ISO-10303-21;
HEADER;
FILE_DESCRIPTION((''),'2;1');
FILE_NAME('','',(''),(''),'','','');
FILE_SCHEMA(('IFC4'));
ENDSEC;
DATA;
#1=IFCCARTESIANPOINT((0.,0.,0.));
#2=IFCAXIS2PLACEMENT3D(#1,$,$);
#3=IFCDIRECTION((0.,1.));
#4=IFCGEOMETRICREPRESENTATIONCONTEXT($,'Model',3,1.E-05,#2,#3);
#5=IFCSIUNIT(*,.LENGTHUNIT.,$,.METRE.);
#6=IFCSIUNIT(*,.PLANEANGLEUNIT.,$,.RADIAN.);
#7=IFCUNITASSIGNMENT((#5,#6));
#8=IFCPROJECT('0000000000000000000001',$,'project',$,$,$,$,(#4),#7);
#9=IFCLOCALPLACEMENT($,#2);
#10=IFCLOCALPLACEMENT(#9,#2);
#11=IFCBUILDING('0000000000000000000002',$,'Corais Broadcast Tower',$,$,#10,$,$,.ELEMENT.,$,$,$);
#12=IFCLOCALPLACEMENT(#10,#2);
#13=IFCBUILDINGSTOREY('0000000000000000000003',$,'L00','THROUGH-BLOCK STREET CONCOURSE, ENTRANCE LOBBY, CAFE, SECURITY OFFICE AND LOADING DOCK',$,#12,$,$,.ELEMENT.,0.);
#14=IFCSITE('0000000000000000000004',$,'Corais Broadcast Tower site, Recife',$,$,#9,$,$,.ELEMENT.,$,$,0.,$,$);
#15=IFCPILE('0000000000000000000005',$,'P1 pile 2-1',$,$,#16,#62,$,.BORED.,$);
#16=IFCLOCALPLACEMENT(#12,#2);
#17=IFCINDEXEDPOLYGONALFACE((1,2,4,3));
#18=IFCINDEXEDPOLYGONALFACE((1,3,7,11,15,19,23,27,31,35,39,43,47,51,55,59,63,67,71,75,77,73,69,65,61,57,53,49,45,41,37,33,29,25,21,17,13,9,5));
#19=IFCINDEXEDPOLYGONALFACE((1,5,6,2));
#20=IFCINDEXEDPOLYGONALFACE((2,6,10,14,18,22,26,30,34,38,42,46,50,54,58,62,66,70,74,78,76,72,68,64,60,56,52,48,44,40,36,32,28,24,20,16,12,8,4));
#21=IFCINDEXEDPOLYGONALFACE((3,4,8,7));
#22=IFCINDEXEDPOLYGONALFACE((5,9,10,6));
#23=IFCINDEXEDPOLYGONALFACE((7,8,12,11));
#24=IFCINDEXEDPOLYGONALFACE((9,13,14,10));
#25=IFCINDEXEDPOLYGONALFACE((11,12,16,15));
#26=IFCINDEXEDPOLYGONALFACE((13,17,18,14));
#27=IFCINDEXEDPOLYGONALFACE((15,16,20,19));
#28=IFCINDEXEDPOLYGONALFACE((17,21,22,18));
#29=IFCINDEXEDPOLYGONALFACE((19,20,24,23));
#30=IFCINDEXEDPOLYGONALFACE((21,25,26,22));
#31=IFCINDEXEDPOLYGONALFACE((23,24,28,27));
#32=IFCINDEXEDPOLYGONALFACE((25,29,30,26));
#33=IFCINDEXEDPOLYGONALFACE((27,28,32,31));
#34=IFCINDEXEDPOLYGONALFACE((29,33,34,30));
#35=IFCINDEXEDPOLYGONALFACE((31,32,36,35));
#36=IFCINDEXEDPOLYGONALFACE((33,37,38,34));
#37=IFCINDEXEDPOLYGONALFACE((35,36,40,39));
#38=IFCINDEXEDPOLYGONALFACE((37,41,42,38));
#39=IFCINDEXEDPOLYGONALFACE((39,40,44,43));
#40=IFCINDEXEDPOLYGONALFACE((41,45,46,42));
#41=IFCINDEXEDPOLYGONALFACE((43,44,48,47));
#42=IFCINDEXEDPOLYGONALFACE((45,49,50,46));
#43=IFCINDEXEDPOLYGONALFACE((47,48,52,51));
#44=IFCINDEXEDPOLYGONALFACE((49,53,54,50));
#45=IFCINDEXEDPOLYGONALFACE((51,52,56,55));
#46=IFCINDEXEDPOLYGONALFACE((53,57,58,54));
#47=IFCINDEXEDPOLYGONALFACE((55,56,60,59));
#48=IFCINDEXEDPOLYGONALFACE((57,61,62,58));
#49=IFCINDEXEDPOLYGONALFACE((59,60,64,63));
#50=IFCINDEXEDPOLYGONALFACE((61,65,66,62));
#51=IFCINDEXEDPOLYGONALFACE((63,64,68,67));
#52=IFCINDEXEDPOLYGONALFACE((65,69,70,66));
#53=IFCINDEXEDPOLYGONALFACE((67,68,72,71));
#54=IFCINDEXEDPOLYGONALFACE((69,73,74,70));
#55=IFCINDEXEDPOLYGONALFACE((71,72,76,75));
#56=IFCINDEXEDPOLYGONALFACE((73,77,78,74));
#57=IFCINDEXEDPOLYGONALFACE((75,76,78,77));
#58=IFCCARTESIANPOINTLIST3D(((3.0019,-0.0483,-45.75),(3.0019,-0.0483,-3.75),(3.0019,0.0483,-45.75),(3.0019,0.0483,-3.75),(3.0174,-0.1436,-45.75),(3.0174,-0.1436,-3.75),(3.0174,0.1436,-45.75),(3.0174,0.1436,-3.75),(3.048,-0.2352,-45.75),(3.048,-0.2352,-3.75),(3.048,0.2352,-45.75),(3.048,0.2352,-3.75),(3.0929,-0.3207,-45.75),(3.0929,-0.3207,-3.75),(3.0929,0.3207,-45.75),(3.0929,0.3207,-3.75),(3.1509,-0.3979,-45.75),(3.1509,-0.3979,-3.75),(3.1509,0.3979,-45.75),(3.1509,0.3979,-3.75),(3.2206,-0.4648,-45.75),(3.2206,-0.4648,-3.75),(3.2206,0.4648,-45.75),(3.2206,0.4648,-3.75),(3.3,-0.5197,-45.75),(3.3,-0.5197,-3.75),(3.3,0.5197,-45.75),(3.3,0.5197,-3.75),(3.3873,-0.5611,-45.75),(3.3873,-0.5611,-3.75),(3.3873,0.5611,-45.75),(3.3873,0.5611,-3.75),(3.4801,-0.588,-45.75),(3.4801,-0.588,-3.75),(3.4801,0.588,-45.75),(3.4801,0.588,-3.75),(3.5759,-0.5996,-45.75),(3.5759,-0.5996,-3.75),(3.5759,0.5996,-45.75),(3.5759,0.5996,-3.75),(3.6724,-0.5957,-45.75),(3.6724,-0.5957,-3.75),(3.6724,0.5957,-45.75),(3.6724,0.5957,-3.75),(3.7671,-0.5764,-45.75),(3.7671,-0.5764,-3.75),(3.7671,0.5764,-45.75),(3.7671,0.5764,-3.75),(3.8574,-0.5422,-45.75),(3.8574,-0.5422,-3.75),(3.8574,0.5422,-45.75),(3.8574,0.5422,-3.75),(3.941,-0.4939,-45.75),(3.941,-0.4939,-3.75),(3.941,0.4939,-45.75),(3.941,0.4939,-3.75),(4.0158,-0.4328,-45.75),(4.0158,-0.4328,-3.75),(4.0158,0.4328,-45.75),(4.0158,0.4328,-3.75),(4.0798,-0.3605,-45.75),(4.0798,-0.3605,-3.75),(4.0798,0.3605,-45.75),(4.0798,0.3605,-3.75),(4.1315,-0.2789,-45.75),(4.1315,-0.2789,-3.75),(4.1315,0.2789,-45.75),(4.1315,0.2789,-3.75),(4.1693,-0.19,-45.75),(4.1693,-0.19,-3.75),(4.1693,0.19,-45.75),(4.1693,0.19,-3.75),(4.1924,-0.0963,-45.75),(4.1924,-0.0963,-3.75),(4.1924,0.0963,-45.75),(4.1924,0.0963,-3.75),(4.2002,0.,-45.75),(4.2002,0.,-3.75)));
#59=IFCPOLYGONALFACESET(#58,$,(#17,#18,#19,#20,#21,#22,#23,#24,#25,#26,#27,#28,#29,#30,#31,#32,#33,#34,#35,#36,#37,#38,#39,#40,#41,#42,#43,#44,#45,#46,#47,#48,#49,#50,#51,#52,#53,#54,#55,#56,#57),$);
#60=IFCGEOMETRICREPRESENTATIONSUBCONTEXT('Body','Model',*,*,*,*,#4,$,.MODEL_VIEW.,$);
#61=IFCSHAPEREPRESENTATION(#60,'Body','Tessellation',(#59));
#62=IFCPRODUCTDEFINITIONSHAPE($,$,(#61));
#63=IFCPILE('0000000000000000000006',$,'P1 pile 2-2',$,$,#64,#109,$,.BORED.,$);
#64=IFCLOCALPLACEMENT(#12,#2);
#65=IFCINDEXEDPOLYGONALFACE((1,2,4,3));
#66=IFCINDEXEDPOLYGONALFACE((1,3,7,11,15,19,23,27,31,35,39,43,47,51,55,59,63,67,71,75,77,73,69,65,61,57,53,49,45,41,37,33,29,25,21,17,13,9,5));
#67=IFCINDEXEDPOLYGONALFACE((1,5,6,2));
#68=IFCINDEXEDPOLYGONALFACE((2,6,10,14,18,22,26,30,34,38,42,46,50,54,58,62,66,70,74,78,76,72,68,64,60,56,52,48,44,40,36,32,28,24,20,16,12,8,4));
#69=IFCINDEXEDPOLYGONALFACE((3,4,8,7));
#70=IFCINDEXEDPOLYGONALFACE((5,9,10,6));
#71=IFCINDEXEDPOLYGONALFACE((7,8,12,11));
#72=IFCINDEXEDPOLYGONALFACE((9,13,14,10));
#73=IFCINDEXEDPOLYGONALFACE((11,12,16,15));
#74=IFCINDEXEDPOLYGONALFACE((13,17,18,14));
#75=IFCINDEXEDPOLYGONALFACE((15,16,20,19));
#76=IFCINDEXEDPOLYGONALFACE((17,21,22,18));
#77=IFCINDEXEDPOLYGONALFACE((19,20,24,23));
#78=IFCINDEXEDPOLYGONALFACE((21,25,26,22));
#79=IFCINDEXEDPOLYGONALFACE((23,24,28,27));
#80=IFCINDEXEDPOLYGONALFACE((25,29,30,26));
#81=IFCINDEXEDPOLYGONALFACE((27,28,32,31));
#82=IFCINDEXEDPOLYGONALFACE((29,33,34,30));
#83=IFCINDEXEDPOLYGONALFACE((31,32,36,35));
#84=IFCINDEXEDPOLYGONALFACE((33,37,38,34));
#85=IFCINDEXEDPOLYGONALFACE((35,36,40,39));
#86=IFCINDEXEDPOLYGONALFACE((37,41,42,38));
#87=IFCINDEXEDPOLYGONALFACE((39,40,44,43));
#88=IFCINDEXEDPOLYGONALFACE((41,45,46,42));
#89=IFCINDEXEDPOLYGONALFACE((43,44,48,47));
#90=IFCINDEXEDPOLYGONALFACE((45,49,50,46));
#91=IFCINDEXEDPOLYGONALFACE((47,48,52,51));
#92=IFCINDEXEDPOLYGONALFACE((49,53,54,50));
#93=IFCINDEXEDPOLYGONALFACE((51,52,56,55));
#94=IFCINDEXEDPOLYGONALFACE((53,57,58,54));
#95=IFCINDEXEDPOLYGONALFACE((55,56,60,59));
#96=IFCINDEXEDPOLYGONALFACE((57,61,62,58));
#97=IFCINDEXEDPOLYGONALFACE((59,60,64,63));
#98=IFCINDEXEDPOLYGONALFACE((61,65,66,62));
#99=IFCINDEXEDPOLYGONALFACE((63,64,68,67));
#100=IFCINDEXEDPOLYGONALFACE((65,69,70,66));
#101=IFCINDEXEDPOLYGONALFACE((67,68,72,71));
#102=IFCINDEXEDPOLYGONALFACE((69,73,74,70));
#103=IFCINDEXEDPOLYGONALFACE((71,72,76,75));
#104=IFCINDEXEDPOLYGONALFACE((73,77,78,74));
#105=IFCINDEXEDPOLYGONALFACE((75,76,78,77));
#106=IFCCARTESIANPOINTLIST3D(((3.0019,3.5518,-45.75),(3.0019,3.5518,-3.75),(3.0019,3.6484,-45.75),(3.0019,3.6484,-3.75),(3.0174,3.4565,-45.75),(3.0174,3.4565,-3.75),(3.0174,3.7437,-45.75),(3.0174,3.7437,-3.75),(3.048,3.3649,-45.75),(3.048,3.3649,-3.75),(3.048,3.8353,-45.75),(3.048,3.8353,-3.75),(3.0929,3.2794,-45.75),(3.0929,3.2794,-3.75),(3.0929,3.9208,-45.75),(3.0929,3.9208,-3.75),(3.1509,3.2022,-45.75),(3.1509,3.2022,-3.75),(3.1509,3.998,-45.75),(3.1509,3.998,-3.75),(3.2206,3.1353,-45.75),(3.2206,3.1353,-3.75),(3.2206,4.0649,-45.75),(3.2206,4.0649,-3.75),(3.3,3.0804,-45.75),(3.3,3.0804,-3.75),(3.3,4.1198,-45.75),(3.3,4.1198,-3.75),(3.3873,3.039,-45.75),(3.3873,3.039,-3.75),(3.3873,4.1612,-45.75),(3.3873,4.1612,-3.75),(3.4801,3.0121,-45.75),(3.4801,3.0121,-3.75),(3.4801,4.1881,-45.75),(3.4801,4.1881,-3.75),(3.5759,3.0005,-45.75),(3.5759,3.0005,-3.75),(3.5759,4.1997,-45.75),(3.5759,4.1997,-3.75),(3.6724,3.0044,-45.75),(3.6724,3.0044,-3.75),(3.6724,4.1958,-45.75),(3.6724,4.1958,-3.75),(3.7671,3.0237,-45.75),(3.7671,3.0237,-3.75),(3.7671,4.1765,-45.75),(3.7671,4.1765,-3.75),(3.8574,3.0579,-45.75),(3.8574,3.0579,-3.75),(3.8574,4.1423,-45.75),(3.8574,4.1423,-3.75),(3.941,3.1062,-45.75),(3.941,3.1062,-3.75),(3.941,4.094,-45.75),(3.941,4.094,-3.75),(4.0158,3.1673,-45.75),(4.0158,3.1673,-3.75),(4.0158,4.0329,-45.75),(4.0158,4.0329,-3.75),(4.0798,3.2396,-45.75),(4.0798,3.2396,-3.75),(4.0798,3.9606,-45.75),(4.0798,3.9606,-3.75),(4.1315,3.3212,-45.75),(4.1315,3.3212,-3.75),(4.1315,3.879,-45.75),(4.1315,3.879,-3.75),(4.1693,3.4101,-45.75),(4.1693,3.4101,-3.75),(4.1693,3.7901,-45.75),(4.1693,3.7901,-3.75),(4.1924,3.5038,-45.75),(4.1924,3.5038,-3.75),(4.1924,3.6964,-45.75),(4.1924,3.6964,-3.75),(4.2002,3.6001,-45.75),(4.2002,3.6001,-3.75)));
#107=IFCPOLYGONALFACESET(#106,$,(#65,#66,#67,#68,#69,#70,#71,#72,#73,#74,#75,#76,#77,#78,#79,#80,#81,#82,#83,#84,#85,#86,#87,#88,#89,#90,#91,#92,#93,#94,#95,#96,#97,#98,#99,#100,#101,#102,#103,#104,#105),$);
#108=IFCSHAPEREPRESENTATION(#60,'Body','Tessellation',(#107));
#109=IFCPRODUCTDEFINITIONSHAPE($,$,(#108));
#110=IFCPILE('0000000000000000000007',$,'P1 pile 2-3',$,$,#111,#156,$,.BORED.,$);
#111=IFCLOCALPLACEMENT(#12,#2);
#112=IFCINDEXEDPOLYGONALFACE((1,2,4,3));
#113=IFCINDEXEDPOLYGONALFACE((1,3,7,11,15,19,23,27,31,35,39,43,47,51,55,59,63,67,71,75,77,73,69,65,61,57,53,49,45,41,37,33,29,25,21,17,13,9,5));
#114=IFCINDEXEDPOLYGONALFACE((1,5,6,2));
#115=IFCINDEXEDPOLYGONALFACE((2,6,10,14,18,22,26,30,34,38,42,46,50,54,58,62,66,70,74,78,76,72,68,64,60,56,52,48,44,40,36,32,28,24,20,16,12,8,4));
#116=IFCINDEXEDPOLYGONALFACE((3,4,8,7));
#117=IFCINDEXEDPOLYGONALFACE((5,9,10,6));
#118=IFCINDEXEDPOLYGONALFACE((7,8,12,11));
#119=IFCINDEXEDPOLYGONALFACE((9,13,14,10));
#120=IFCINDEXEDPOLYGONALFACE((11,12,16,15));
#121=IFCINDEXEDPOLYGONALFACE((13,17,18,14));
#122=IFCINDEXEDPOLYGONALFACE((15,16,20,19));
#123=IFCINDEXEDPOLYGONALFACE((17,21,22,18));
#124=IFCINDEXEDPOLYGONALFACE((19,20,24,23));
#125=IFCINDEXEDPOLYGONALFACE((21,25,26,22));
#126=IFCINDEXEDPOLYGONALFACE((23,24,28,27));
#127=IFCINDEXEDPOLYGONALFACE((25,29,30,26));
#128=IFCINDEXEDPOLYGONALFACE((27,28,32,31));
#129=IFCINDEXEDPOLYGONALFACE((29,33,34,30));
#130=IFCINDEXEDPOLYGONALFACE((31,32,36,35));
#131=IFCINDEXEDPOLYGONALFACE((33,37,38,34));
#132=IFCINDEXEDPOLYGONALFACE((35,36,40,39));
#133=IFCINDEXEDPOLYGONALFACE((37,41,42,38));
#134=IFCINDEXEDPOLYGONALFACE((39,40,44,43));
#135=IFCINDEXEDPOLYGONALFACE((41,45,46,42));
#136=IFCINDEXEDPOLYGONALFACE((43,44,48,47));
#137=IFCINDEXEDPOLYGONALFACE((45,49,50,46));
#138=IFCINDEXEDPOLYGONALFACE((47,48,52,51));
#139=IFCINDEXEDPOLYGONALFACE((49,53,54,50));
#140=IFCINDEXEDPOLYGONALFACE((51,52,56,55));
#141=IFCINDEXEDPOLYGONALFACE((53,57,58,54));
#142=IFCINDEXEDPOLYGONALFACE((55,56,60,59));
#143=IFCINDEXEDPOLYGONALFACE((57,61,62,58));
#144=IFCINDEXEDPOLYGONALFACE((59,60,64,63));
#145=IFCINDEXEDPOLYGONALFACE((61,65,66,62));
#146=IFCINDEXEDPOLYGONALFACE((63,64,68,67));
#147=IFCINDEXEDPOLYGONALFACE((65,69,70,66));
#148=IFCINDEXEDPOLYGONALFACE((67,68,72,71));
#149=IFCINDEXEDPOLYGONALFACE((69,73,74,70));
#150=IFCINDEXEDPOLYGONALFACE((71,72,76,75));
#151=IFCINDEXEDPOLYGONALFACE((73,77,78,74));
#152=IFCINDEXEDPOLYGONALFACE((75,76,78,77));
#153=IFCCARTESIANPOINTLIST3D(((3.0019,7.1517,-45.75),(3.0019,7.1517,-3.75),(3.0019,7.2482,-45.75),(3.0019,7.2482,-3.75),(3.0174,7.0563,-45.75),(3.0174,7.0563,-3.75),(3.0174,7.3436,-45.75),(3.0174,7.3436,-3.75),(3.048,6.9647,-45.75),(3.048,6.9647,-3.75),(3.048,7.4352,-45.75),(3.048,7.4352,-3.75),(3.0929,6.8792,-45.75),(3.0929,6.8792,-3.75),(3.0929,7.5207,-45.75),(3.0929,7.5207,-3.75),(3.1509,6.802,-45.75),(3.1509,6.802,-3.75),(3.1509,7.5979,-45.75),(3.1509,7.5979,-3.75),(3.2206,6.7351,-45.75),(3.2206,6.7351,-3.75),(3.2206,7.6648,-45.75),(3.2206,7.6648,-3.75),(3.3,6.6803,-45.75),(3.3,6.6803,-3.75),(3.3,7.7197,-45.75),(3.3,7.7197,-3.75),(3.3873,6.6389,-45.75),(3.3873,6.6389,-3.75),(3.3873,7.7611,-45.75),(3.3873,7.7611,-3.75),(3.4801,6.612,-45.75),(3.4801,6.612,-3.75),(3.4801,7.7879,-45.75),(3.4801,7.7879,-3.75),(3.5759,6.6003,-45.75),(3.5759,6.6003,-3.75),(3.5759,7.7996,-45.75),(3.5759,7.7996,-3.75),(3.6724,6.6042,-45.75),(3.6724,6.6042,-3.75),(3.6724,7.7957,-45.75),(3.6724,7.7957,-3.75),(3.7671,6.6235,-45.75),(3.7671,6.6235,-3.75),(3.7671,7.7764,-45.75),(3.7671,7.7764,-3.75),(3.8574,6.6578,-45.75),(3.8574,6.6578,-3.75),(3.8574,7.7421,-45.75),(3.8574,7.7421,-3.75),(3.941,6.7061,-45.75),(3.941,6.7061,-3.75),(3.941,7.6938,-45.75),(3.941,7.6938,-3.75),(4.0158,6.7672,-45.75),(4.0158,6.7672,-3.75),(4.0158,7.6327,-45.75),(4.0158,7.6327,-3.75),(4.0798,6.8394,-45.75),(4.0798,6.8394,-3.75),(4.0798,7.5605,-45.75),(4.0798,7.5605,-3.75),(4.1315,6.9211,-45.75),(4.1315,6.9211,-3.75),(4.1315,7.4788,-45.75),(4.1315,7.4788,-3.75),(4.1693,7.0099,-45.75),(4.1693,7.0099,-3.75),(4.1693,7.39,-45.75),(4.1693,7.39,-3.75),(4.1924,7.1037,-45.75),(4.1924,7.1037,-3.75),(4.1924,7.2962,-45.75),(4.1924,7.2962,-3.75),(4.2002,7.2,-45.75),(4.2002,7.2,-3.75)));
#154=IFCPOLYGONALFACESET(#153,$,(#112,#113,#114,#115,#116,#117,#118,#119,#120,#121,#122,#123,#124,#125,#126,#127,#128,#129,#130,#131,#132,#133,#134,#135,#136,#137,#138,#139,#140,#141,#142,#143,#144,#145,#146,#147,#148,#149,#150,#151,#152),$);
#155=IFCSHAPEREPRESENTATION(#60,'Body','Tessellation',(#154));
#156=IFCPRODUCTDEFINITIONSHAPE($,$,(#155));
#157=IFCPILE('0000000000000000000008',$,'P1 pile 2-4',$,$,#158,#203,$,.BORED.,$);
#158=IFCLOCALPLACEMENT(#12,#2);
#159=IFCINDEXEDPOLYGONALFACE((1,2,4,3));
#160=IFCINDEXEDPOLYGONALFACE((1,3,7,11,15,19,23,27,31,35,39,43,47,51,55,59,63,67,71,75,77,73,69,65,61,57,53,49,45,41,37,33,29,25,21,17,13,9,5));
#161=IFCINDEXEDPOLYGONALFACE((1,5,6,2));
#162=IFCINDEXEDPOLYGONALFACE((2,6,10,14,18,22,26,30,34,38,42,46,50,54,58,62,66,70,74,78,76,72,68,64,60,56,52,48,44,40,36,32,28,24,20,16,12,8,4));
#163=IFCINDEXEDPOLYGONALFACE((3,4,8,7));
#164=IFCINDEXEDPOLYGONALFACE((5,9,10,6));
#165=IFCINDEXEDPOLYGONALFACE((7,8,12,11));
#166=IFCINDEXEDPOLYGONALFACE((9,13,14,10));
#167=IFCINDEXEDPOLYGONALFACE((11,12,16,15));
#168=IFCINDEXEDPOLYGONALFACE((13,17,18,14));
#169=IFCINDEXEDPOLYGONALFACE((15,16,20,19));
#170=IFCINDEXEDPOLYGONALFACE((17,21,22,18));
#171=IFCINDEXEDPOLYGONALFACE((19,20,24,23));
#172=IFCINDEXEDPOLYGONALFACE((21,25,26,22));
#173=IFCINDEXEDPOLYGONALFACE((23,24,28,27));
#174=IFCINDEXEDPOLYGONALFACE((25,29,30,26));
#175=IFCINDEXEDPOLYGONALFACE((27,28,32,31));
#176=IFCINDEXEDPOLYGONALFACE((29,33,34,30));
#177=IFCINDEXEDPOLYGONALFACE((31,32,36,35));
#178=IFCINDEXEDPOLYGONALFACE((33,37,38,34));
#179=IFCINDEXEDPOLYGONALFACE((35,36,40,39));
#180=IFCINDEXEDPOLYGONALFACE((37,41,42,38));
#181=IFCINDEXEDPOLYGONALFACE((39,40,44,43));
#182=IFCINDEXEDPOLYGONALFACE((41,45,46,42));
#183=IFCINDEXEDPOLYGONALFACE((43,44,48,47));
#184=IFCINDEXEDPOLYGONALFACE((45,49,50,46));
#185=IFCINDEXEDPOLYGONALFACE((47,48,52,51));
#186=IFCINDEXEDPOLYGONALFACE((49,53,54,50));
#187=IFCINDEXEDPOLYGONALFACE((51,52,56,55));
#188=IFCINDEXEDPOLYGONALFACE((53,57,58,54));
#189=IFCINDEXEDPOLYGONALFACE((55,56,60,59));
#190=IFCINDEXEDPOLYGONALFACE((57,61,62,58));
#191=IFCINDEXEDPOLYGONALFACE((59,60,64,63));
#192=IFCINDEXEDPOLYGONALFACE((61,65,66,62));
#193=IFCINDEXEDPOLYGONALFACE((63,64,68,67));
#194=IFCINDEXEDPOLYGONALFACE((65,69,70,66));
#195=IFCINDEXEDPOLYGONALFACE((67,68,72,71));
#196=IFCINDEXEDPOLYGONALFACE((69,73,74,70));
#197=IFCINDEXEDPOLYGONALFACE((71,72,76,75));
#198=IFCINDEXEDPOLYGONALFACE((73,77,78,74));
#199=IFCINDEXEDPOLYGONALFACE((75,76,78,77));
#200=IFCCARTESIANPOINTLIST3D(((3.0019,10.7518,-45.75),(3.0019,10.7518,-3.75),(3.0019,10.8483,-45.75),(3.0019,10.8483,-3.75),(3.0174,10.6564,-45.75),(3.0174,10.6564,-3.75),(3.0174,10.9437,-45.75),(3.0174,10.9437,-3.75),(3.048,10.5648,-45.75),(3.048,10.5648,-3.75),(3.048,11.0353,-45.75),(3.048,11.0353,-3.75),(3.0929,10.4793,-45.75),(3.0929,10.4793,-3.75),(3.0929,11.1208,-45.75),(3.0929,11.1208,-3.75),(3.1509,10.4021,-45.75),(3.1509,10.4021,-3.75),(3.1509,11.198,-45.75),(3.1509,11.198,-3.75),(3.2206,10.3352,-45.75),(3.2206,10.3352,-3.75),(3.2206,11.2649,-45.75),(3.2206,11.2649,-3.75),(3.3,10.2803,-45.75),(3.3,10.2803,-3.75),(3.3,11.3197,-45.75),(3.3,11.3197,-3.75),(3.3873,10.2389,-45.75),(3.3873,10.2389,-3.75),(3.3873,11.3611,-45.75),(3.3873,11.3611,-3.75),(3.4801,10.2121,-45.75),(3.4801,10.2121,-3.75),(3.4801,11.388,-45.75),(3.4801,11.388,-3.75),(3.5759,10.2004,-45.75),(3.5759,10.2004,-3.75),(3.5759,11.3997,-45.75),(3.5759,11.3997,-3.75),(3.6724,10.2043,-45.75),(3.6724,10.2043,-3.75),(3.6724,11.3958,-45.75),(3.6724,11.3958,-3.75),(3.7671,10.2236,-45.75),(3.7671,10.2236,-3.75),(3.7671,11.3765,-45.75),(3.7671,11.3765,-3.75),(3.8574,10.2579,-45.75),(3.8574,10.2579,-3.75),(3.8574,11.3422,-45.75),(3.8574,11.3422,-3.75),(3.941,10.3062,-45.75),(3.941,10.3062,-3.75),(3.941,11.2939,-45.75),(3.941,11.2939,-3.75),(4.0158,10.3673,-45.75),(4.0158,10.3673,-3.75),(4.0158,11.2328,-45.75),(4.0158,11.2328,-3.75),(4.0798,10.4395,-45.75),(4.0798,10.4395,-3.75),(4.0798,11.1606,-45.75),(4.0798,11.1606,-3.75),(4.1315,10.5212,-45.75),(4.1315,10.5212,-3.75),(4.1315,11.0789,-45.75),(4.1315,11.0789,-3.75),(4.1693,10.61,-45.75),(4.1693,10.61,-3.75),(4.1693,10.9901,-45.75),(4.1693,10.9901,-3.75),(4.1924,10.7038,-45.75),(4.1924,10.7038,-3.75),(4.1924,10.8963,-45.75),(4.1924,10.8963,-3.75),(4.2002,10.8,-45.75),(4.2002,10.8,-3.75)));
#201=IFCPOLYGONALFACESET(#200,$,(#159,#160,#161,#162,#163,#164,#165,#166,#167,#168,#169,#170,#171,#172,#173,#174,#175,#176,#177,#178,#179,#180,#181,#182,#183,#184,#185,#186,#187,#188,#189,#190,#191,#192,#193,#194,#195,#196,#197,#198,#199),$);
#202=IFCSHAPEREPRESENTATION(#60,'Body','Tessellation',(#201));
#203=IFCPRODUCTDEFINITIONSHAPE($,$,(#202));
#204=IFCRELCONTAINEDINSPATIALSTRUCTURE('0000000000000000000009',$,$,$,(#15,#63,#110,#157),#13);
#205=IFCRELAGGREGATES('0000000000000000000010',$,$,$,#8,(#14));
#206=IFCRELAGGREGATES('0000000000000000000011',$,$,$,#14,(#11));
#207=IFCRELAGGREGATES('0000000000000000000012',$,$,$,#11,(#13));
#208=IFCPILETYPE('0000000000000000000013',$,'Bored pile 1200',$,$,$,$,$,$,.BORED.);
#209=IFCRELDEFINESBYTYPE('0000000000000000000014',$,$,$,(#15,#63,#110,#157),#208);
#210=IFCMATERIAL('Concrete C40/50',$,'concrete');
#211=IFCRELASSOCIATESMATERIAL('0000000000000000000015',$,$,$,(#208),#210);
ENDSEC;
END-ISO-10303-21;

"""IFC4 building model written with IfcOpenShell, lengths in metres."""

from ifc_helpers import new_model, si_unit, direction, frame, origin, origin_2d, place, context, subcontext, project, spatial, circle, extrude, material, type_object, element, save


model = new_model("IFC4")

# Units and contexts
model_context = context("Model", 3, precision=1e-05, world=origin(), true_north=direction((0.0, 1.0)))
body_context = subcontext(model_context, "Body", "Model", "MODEL_VIEW")
ifc_project = project(units=[si_unit("LENGTHUNIT", "METRE"), si_unit("PLANEANGLEUNIT", "RADIAN")], contexts=[model_context])

# Site, building, storey
site_placement = place(None, origin())
site = spatial("IfcSite", under=ifc_project, at=site_placement, Name="Corais Broadcast Tower site, Recife", CompositionType="ELEMENT", RefElevation=0.0)
building_placement = place(site_placement, origin())
building = spatial("IfcBuilding", under=site, at=building_placement, Name="Corais Broadcast Tower", CompositionType="ELEMENT")
storey_placement = place(building_placement, origin())
storey = spatial("IfcBuildingStorey", under=building, at=storey_placement, Name="L00", Description="THROUGH-BLOCK STREET CONCOURSE, ENTRANCE LOBBY, CAFE, SECURITY OFFICE AND LOADING DOCK", CompositionType="ELEMENT", Elevation=0.0)

# Piles
ifc_material_1 = material(Name="Concrete C40/50", Category="concrete")
pile_type = type_object("IfcPileType", Name="Bored pile 1200", PredefinedType="BORED", material=ifc_material_1)
for number, where, z_axis, x_axis, name in (
    (1, (3.6001, 0.0, -3.75), (0.0, 0.0, -1.0), (1.0, 0.0, 0.0), "P1 pile 2-1"),
    (2, (3.6001, 3.6001, -3.75), (0.0, 0.0, -1.0), (1.0, 0.0, 0.0), "P1 pile 2-2"),
    (3, (3.6001, 7.2, -3.75), (0.0, 0.0, -1.0), (1.0, 0.0, 0.0), "P1 pile 2-3"),
    (4, (3.6001, 10.8, -3.75), (0.0, 0.0, -1.0), (1.0, 0.0, 0.0), "P1 pile 2-4"),
):
    element("IfcPile", number, at=place(storey_placement, frame(where, z_axis=z_axis, x_axis=x_axis)), inside=storey, type_object=pile_type, Name=name, PredefinedType="BORED", context=body_context, shape_type="SweptSolid", body=[
        extrude(circle(Radius=0.6001, at=origin_2d()), origin(), (0.0, 0.0, 1.0), 42.0),
    ])

save(model, "model.ifc")
